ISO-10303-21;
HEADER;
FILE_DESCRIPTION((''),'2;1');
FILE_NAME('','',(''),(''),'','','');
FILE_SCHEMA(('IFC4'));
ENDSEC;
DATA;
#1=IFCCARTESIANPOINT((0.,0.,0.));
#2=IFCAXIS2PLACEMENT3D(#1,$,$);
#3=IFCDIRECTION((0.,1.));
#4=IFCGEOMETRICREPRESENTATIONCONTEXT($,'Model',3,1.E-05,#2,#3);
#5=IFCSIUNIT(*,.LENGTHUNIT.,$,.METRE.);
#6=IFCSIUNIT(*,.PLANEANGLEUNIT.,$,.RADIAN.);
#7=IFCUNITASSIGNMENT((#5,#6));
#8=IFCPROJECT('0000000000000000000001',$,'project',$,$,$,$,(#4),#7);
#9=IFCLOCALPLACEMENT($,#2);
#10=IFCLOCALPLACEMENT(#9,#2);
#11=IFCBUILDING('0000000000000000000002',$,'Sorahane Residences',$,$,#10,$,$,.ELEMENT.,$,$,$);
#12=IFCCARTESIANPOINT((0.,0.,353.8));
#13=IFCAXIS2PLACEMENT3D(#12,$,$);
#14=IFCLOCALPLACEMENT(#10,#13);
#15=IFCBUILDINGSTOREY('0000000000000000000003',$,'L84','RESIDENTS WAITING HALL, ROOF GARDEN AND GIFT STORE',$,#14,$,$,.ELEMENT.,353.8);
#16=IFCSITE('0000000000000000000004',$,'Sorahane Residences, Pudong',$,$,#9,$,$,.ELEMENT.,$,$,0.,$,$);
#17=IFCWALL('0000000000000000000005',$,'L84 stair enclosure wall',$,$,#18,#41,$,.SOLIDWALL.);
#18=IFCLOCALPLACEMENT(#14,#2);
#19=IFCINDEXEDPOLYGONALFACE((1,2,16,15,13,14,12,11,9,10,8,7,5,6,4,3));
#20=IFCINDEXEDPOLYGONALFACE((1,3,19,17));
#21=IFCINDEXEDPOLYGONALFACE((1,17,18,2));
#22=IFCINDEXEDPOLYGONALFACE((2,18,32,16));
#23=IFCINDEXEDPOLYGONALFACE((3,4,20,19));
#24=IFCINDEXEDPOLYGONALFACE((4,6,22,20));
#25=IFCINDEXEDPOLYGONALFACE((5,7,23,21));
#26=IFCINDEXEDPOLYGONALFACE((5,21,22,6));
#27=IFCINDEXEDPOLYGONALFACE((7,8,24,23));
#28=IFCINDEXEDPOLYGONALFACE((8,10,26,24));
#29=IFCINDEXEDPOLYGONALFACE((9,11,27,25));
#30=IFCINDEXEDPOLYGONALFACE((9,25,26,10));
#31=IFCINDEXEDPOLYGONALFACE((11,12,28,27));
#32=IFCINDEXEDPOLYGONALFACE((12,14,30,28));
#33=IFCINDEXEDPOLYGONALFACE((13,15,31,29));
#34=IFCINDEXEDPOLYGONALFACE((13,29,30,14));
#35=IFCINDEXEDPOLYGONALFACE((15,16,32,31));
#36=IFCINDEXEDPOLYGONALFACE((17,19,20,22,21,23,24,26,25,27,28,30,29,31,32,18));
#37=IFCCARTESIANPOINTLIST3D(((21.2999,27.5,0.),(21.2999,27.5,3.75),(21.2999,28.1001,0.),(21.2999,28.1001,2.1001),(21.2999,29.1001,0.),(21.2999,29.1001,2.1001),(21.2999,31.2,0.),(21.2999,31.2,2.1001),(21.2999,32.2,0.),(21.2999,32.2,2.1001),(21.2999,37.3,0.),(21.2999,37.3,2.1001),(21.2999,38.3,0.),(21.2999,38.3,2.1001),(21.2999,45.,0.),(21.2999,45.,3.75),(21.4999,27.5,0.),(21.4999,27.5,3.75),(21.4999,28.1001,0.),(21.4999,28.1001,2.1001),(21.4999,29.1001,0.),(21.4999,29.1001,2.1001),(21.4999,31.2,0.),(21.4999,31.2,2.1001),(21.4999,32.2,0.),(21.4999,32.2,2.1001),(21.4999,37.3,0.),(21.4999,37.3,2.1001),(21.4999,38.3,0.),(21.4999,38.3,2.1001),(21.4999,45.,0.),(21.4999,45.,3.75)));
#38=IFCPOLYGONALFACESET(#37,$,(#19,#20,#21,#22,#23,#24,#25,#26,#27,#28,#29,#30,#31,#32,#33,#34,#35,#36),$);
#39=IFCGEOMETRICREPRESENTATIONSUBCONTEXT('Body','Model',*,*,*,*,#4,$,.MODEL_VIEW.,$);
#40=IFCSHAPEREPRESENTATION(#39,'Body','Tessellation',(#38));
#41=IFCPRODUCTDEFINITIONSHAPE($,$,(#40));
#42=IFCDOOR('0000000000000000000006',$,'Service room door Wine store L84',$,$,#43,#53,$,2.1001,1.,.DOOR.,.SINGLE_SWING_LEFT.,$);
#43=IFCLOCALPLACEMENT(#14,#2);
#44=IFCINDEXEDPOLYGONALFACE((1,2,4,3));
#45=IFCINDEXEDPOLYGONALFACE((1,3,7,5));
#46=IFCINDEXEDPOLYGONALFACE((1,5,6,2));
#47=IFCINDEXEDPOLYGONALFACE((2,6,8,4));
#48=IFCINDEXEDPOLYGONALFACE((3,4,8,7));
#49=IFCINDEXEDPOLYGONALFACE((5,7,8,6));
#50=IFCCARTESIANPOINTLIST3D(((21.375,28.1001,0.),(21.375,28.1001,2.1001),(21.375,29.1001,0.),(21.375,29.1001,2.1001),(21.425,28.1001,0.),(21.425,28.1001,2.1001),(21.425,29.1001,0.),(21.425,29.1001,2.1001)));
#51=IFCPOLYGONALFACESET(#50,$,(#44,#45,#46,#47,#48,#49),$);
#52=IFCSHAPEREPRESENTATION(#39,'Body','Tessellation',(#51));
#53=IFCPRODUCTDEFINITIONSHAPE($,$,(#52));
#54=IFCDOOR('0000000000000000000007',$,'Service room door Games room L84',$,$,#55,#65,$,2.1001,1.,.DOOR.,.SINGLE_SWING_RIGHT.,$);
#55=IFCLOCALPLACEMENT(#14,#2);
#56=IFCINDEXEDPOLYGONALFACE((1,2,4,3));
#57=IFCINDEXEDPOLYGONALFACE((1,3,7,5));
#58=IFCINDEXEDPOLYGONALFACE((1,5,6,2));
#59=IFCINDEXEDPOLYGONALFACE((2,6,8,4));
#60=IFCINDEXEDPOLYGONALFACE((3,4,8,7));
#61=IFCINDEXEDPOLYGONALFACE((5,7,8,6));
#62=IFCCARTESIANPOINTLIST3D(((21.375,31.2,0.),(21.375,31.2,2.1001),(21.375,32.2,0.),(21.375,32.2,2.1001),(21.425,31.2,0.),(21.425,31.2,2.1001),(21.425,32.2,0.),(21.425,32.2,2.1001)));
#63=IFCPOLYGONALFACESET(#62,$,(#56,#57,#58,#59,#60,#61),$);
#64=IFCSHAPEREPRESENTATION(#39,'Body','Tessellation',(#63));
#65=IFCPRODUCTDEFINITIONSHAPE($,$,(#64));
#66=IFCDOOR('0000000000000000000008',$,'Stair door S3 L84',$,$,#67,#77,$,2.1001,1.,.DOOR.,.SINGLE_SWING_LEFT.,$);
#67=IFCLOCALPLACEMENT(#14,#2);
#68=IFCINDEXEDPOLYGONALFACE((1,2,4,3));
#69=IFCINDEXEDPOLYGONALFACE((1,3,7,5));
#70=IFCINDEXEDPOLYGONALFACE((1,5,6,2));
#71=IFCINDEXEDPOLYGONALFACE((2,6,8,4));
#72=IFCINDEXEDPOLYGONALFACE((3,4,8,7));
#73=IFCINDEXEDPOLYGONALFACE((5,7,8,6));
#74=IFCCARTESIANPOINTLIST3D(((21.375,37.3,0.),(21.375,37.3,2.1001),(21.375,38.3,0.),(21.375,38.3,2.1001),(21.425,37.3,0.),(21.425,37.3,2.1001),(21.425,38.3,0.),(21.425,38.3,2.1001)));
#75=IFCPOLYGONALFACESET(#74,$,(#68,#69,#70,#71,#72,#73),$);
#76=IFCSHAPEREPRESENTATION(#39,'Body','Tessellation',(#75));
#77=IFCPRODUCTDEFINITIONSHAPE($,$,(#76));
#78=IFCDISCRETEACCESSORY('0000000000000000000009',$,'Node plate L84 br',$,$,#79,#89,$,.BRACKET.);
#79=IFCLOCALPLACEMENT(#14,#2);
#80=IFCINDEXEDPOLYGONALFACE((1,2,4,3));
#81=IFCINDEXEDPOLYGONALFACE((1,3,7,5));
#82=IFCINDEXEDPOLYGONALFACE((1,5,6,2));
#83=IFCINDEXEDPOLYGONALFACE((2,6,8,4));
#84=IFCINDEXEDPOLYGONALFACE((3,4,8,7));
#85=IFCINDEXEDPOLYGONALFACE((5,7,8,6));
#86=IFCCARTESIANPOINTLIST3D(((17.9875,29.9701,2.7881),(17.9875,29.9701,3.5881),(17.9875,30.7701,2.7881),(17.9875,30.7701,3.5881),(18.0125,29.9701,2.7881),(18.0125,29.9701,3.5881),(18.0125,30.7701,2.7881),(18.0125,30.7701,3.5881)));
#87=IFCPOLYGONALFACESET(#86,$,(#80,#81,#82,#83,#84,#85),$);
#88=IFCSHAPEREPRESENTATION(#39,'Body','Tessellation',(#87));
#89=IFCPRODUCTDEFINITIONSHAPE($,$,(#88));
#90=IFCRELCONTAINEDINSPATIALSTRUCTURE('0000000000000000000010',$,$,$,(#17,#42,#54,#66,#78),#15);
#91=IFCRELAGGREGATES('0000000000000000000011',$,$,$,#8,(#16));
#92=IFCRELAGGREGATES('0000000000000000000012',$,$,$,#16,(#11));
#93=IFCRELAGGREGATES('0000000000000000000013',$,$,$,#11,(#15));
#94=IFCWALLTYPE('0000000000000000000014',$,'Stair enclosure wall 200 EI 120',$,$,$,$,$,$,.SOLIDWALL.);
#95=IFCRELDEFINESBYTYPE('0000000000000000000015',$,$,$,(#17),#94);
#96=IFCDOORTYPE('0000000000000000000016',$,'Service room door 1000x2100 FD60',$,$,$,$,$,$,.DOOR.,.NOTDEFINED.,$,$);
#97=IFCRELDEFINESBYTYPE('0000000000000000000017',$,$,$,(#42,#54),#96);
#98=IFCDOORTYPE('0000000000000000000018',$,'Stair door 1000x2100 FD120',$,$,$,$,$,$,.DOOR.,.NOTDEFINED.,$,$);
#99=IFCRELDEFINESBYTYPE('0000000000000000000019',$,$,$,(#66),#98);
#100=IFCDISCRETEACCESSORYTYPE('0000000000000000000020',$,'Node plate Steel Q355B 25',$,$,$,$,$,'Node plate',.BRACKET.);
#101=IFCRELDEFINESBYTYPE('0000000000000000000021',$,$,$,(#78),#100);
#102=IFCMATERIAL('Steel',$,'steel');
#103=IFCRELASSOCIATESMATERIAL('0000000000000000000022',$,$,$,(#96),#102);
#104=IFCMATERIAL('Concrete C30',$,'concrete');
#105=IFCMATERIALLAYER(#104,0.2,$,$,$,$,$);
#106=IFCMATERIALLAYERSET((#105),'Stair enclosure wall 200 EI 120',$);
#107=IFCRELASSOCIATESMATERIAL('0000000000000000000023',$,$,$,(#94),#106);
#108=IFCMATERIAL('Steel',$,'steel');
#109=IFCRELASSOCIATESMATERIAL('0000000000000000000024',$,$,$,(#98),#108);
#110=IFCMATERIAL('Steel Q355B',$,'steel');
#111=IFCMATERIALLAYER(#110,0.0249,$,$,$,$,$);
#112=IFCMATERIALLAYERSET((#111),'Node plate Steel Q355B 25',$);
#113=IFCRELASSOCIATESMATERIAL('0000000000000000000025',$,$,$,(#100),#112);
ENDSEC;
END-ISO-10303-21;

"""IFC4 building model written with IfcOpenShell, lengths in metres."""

from ifc_helpers import new_model, si_unit, direction, frame, frame_2d, origin, origin_2d, place, context, subcontext, project, spatial, rectangle, extrude, material, layer, layer_set, type_object, element, fill, save


model = new_model("IFC4")

# Units and contexts
model_context = context("Model", 3, precision=1e-05, world=origin(), true_north=direction((0.0, 1.0)))
body_context = subcontext(model_context, "Body", "Model", "MODEL_VIEW")
ifc_project = project(units=[si_unit("LENGTHUNIT", "METRE"), si_unit("PLANEANGLEUNIT", "RADIAN")], contexts=[model_context])

# Site, building, storey
site_placement = place(None, origin())
site = spatial("IfcSite", under=ifc_project, at=site_placement, Name="Sorahane Residences, Pudong", CompositionType="ELEMENT", RefElevation=0.0)
building_placement = place(site_placement, origin())
building = spatial("IfcBuilding", under=site, at=building_placement, Name="Sorahane Residences", CompositionType="ELEMENT")
storey_placement = place(building_placement, frame((0.0, 0.0, 353.8)))
storey = spatial("IfcBuildingStorey", under=building, at=storey_placement, Name="L84", Description="RESIDENTS WAITING HALL, ROOF GARDEN AND GIFT STORE", CompositionType="ELEMENT", Elevation=353.8)

# Shared definitions
ifc_material_1 = material(Name="Steel", Category="steel")
door_type_1 = type_object("IfcDoorType", Name="Service room door 1000x2100 FD60", OperationType="NOTDEFINED", PredefinedType="DOOR", material=ifc_material_1)

# Wall, openings, doors
ifc_material_2 = material(Name="Concrete C30", Category="concrete")
ifc_layer_1 = layer(ifc_material_2, 0.2)
ifc_layer_set_1 = layer_set([ifc_layer_1], Name="Stair enclosure wall 200 EI 120")
wall_type_1 = type_object("IfcWallType", Name="Stair enclosure wall 200 EI 120", PredefinedType="SOLIDWALL", material=ifc_layer_set_1)
wall_1_placement = place(storey_placement, frame((21.3999, 27.5, 0.0), z_axis=(0.0, 0.0, 1.0), x_axis=(0.0, 1.0, 0.0)))
wall_1 = element("IfcWall", 1, at=wall_1_placement, inside=storey, type_object=wall_type_1, Name="L84 stair enclosure wall", PredefinedType="SOLIDWALL", context=body_context, shape_type="SweptSolid", body=[
    extrude(rectangle(XDim=17.5, YDim=0.2, at=frame_2d((8.75, 0.0))), origin(), (0.0, 0.0, 1.0), 3.75),
])
opening_1_placement = place(wall_1_placement, frame((0.6001, 0.0, 0.0)))
opening_1 = element("IfcOpeningElement", 2, at=opening_1_placement, cuts=wall_1, PredefinedType="OPENING", context=body_context, shape_type="SweptSolid", body=[
    extrude(rectangle(XDim=1.0, YDim=2.1001, at=frame_2d((0.5, 1.05))), frame((0.0, 0.1099, 0.0), z_axis=(0.0, -1.0, 0.0), x_axis=(1.0, 0.0, 0.0)), (0.0, 0.0, 1.0), 0.22),
])
opening_2_placement = place(wall_1_placement, frame((3.7, 0.0, 0.0)))
opening_2 = element("IfcOpeningElement", 3, at=opening_2_placement, cuts=wall_1, PredefinedType="OPENING", context=body_context, shape_type="SweptSolid", body=[
    extrude(rectangle(XDim=1.0, YDim=2.1001, at=frame_2d((0.5, 1.05))), frame((0.0, 0.1099, 0.0), z_axis=(0.0, -1.0, 0.0), x_axis=(1.0, 0.0, 0.0)), (0.0, 0.0, 1.0), 0.22),
])
opening_3_placement = place(wall_1_placement, frame((9.8, 0.0, 0.0)))
opening_3 = element("IfcOpeningElement", 4, at=opening_3_placement, cuts=wall_1, PredefinedType="OPENING", context=body_context, shape_type="SweptSolid", body=[
    extrude(rectangle(XDim=1.0, YDim=2.1001, at=frame_2d((0.5, 1.05))), frame((0.0, 0.1099, 0.0), z_axis=(0.0, -1.0, 0.0), x_axis=(1.0, 0.0, 0.0)), (0.0, 0.0, 1.0), 0.22),
])
door_1_placement = place(opening_1_placement, origin())
door_1 = element("IfcDoor", 5, at=door_1_placement, inside=storey, type_object=door_type_1, Name="Service room door Wine store L84", OperationType="SINGLE_SWING_LEFT", OverallHeight=2.1001, OverallWidth=1.0, PredefinedType="DOOR", context=body_context, shape_type="SweptSolid", body=[
    extrude(rectangle(XDim=1.0, YDim=2.1001, at=frame_2d((0.5, 1.05))), frame((0.0, 0.0249, 0.0), z_axis=(0.0, -1.0, 0.0), x_axis=(1.0, 0.0, 0.0)), (0.0, 0.0, 1.0), 0.05),
])
fill(opening_1, door_1)
door_2_placement = place(opening_2_placement, origin())
door_2 = element("IfcDoor", 6, at=door_2_placement, inside=storey, type_object=door_type_1, Name="Service room door Games room L84", OperationType="SINGLE_SWING_RIGHT", OverallHeight=2.1001, OverallWidth=1.0, PredefinedType="DOOR", context=body_context, shape_type="SweptSolid", body=[
    extrude(rectangle(XDim=1.0, YDim=2.1001, at=frame_2d((0.5, 1.05))), frame((0.0, 0.0249, 0.0), z_axis=(0.0, -1.0, 0.0), x_axis=(1.0, 0.0, 0.0)), (0.0, 0.0, 1.0), 0.05),
])
fill(opening_2, door_2)
ifc_material_3 = material(Name="Steel", Category="steel")
door_type_2 = type_object("IfcDoorType", Name="Stair door 1000x2100 FD120", OperationType="NOTDEFINED", PredefinedType="DOOR", material=ifc_material_3)
door_3_placement = place(opening_3_placement, origin())
door_3 = element("IfcDoor", 7, at=door_3_placement, inside=storey, type_object=door_type_2, Name="Stair door S3 L84", OperationType="SINGLE_SWING_LEFT", OverallHeight=2.1001, OverallWidth=1.0, PredefinedType="DOOR", context=body_context, shape_type="SweptSolid", body=[
    extrude(rectangle(XDim=1.0, YDim=2.1001, at=frame_2d((0.5, 1.05))), frame((0.0, 0.0249, 0.0), z_axis=(0.0, -1.0, 0.0), x_axis=(1.0, 0.0, 0.0)), (0.0, 0.0, 1.0), 0.05),
])
fill(opening_3, door_3)

# Discrete accessory
ifc_material_4 = material(Name="Steel Q355B", Category="steel")
ifc_layer_2 = layer(ifc_material_4, 0.0249)
ifc_layer_set_2 = layer_set([ifc_layer_2], Name="Node plate Steel Q355B 25")
discrete_accessory_type = type_object("IfcDiscreteAccessoryType", Name="Node plate Steel Q355B 25", ElementType="Node plate", PredefinedType="BRACKET", material=ifc_layer_set_2)
discrete_accessory_placement = place(storey_placement, frame((18.0, 30.3701, 2.7881), z_axis=(0.0, 0.0, 1.0), x_axis=(0.0, 1.0, 0.0)))
element("IfcDiscreteAccessory", 8, at=discrete_accessory_placement, inside=storey, type_object=discrete_accessory_type, Name="Node plate L84 br", PredefinedType="BRACKET", context=body_context, shape_type="SweptSolid", body=[
    extrude(rectangle(XDim=0.8, YDim=0.0249, at=origin_2d()), origin(), (0.0, 0.0, 1.0), 0.8),
])

save(model, "model.ifc")
